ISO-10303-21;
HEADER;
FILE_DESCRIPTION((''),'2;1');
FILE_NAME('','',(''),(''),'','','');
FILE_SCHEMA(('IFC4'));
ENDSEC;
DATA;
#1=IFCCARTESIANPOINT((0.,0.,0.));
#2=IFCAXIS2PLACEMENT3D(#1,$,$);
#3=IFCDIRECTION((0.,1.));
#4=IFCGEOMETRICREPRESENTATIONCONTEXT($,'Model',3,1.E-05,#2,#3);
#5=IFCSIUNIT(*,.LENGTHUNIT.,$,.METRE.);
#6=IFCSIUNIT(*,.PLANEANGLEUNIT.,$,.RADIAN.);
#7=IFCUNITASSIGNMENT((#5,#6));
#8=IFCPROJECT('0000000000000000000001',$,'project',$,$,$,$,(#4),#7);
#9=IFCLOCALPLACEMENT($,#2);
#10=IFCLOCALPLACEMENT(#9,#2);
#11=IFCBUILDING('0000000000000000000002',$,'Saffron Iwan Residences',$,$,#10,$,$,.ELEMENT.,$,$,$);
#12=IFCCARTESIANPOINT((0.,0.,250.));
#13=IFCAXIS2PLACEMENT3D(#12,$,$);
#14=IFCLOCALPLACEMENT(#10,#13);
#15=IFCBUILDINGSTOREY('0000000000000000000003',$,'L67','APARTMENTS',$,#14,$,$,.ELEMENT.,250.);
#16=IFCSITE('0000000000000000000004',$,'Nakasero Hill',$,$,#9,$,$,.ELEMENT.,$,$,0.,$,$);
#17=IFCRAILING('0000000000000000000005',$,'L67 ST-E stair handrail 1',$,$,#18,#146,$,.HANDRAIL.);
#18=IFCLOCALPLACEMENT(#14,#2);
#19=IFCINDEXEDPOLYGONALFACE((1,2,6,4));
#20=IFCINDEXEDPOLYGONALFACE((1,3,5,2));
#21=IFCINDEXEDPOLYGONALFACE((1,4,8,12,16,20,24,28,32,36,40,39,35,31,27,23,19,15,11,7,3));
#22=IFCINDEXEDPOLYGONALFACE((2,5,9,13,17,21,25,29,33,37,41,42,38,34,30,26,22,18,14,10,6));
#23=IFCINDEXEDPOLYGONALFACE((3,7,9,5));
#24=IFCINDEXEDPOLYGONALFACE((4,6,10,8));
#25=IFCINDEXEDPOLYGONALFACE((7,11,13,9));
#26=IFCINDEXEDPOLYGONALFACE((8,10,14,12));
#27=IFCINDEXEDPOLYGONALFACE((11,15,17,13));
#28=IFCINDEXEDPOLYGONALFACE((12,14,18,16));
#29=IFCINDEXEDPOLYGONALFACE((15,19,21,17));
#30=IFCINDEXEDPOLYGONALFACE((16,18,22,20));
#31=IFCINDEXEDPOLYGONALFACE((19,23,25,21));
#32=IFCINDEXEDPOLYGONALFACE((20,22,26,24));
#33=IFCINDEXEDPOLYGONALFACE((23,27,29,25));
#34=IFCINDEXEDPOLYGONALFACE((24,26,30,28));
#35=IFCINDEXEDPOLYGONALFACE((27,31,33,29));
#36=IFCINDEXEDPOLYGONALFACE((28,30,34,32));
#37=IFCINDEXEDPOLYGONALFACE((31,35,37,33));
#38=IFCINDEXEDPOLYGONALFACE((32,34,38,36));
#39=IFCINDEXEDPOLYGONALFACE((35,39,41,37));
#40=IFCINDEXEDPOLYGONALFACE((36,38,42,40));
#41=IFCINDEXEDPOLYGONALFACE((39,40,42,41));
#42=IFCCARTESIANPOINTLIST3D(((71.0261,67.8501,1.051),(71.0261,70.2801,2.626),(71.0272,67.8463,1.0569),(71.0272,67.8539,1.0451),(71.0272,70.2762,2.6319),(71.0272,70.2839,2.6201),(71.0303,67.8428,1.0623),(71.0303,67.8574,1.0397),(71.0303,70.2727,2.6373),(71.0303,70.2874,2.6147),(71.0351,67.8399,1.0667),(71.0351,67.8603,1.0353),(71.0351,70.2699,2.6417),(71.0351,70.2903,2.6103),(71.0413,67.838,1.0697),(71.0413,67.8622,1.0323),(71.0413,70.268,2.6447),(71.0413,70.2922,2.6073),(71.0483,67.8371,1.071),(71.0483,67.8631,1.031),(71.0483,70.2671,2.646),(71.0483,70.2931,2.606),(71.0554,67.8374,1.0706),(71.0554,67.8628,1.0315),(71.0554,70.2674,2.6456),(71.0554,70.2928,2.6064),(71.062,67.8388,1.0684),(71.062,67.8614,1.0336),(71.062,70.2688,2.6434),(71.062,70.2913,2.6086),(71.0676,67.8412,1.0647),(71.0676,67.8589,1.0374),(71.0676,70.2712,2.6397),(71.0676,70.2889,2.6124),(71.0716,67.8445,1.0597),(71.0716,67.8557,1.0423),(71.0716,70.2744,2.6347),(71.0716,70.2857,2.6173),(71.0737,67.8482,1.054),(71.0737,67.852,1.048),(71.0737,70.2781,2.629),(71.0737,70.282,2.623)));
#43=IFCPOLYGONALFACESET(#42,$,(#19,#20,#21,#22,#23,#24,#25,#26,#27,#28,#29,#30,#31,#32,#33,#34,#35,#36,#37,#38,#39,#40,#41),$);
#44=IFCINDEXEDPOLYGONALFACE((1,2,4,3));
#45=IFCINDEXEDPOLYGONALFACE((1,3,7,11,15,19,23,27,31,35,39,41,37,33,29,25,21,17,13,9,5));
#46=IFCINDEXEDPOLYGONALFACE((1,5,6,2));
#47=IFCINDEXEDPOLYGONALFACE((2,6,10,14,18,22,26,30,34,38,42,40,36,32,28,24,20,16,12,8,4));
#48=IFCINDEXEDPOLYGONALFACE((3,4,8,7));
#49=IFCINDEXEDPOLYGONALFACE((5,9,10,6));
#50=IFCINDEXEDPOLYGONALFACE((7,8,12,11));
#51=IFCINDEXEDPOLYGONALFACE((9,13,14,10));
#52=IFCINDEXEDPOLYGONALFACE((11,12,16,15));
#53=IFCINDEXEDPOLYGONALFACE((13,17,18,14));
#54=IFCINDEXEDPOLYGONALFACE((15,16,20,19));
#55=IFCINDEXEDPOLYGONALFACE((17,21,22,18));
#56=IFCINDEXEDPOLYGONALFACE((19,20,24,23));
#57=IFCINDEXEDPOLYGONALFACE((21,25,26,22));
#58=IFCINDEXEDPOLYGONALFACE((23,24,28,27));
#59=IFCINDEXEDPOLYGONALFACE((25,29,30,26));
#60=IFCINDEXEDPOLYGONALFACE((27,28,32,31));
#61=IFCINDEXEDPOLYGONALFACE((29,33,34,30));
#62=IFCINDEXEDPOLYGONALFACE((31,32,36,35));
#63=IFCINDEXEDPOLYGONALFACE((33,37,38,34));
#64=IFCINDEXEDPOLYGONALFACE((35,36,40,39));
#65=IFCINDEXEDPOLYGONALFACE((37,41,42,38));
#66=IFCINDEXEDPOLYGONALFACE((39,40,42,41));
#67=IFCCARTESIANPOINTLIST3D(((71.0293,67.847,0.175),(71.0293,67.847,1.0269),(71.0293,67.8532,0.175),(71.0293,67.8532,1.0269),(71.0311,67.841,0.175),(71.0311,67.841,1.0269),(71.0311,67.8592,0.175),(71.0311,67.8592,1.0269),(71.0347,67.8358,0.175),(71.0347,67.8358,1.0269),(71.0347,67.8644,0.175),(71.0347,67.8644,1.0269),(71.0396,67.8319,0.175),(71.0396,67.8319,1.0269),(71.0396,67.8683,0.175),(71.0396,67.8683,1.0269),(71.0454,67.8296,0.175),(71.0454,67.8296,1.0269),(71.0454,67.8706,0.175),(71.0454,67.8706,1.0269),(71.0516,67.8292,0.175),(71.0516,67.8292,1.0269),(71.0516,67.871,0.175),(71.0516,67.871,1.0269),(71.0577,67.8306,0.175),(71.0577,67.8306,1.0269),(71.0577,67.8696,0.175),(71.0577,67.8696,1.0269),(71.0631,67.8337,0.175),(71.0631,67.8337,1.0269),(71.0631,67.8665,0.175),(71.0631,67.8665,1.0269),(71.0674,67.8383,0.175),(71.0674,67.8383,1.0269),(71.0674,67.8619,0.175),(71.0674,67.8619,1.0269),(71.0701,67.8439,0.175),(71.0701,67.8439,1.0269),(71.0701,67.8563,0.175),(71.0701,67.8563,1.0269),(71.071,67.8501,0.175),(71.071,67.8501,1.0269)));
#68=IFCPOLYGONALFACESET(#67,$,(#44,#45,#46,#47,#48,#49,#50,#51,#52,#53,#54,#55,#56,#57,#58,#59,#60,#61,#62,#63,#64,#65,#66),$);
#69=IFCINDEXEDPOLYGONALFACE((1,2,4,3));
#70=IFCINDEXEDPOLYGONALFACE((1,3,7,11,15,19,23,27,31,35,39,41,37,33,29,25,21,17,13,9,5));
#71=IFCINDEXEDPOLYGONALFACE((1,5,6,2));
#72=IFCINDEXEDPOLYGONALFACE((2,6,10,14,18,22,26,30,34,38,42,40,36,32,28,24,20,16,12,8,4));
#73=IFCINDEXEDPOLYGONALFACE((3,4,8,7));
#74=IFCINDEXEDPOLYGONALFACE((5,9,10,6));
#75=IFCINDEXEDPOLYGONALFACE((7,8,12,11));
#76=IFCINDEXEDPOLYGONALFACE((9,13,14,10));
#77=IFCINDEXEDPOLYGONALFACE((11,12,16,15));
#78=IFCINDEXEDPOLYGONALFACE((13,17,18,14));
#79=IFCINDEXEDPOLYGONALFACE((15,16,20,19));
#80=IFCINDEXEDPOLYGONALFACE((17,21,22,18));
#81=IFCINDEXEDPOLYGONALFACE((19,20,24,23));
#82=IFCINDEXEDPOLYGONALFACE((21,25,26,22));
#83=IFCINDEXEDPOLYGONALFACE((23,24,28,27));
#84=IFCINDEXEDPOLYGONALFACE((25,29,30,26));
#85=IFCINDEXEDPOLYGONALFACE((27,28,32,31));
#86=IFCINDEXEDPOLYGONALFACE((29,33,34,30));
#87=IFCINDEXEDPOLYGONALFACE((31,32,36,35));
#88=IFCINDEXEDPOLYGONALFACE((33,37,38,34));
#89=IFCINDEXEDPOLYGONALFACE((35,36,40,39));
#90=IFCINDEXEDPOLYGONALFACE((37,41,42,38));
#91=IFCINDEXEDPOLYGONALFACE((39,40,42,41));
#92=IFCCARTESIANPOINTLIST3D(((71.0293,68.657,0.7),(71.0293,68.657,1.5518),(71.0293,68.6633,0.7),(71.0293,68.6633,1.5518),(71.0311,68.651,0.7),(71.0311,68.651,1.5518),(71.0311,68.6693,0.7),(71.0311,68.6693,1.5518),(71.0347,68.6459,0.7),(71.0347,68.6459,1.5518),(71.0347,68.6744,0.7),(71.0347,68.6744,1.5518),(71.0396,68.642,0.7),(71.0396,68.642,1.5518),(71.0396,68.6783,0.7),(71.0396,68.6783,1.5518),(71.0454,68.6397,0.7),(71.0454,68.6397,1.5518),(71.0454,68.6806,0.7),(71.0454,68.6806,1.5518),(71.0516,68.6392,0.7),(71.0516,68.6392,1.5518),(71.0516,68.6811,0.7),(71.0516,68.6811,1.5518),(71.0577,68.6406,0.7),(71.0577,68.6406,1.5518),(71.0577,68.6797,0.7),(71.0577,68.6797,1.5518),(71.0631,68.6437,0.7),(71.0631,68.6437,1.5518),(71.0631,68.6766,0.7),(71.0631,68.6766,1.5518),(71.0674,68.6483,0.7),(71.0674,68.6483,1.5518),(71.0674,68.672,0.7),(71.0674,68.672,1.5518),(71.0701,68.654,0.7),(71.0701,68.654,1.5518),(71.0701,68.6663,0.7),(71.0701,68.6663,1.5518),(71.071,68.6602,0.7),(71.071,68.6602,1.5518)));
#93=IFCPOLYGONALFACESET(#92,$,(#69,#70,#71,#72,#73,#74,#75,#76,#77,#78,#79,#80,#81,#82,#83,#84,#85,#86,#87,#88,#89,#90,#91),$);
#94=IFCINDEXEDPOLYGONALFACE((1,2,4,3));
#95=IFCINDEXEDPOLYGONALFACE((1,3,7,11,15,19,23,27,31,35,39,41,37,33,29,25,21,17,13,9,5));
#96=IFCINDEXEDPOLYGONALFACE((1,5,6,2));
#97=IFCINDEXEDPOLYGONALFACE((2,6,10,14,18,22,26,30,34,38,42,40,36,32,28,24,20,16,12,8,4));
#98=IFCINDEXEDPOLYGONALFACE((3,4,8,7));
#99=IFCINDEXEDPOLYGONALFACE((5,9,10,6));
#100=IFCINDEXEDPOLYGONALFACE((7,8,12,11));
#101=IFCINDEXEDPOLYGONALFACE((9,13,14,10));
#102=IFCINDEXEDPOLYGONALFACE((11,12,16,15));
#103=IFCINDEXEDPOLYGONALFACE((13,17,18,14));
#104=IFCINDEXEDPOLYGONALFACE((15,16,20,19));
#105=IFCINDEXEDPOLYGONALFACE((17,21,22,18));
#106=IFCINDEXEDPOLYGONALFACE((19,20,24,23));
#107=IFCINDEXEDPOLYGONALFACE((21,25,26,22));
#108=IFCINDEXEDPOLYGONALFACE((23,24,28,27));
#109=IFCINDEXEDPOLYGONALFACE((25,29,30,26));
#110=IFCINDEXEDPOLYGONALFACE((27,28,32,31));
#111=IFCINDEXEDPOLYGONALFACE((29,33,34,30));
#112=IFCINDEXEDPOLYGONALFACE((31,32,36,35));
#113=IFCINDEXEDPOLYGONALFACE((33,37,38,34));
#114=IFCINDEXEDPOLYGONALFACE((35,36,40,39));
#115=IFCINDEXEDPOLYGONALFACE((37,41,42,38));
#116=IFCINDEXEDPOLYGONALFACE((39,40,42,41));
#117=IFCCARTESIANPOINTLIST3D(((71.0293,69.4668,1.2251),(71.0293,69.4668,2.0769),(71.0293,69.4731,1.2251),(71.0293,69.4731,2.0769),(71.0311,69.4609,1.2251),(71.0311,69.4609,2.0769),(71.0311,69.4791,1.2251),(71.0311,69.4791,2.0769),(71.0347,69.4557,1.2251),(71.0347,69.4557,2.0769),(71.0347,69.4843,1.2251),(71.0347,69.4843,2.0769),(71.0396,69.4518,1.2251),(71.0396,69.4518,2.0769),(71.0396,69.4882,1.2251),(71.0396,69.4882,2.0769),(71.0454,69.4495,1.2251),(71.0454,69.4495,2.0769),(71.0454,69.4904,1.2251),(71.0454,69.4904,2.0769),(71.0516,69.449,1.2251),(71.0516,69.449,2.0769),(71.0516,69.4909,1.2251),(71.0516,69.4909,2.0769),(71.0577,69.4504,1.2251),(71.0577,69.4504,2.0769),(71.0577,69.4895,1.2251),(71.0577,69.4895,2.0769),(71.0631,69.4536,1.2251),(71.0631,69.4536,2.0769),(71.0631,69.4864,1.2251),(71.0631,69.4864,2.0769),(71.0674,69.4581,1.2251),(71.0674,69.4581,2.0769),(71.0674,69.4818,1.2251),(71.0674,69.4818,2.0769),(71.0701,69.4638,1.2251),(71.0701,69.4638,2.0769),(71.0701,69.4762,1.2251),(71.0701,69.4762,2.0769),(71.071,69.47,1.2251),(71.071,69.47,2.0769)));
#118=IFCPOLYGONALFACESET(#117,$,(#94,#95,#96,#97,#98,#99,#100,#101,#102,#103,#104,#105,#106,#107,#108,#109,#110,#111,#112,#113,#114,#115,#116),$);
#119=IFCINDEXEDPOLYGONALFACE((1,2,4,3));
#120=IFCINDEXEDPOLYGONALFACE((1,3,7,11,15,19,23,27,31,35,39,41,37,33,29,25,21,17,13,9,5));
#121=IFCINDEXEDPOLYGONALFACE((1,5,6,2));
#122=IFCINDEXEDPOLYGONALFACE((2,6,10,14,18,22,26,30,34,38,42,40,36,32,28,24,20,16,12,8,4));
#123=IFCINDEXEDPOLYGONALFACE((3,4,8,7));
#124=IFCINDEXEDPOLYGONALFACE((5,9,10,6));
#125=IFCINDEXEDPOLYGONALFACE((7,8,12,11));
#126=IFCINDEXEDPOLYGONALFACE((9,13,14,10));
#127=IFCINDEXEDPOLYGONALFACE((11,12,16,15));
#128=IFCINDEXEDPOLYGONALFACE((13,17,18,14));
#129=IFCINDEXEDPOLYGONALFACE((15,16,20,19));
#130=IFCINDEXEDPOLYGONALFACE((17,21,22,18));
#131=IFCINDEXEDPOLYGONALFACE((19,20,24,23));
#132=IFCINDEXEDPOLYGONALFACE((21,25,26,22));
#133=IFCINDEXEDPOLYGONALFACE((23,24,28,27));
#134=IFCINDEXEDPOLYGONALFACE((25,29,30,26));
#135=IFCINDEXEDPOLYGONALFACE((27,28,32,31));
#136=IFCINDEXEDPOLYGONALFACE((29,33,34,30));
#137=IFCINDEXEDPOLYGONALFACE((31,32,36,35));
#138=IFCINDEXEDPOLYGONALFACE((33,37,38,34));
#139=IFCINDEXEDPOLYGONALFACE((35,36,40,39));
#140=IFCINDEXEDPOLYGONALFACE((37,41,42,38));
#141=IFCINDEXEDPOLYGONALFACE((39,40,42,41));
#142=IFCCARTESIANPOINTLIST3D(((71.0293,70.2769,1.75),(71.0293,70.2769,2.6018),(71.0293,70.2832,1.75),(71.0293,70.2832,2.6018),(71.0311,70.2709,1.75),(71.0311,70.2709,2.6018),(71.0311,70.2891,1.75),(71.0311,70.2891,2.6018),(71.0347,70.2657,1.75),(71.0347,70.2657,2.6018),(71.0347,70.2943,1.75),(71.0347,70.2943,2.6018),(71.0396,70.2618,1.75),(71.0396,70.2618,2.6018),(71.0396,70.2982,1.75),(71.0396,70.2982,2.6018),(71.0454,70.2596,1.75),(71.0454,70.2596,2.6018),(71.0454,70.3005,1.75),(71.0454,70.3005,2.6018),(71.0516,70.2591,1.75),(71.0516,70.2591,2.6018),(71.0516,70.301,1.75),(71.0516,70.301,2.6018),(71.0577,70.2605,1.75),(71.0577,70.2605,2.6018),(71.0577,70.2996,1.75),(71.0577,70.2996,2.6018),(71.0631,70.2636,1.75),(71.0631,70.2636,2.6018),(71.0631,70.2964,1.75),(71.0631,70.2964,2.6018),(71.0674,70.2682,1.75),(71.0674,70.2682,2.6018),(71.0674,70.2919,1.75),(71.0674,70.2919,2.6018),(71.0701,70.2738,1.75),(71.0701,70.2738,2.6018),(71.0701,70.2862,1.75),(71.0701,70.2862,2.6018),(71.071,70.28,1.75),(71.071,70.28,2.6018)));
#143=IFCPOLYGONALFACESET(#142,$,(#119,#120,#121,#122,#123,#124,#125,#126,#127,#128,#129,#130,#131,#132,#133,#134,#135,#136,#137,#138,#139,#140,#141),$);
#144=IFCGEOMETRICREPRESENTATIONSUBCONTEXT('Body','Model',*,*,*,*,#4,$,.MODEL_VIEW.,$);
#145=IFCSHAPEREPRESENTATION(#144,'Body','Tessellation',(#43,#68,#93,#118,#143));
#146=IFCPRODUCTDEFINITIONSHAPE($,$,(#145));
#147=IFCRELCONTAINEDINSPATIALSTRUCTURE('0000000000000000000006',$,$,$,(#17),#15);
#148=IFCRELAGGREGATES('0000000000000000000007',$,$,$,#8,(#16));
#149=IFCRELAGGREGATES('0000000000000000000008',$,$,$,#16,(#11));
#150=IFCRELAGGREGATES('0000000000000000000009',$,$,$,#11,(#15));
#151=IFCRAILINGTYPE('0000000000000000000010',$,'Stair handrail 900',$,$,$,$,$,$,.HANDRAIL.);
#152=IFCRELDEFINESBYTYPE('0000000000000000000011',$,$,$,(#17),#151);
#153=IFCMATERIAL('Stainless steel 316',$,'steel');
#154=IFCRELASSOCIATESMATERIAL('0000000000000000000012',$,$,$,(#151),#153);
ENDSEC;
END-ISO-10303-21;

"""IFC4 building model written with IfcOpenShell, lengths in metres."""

from ifc_helpers import new_model, si_unit, direction, frame, origin, origin_2d, place, context, subcontext, project, spatial, circle, extrude, material, type_object, element, save


model = new_model("IFC4")

# Units and contexts
model_context = context("Model", 3, precision=1e-05, world=origin(), true_north=direction((0.0, 1.0)))
body_context = subcontext(model_context, "Body", "Model", "MODEL_VIEW")
ifc_project = project(units=[si_unit("LENGTHUNIT", "METRE"), si_unit("PLANEANGLEUNIT", "RADIAN")], contexts=[model_context])

# Site, building, storey
site_placement = place(None, origin())
site = spatial("IfcSite", under=ifc_project, at=site_placement, Name="Nakasero Hill", CompositionType="ELEMENT", RefElevation=0.0)
building_placement = place(site_placement, origin())
building = spatial("IfcBuilding", under=site, at=building_placement, Name="Saffron Iwan Residences", CompositionType="ELEMENT")
storey_placement = place(building_placement, frame((0.0, 0.0, 250.0)))
storey = spatial("IfcBuildingStorey", under=building, at=storey_placement, Name="L67", Description="APARTMENTS", CompositionType="ELEMENT", Elevation=250.0)

# Railing
ifc_material_1 = material(Name="Stainless steel 316", Category="steel")
railing_type_1 = type_object("IfcRailingType", Name="Stair handrail 900", PredefinedType="HANDRAIL", material=ifc_material_1)
railing_1_placement = place(storey_placement, frame((71.05, 67.8501, 0.175)))
element("IfcRailing", 1, at=railing_1_placement, inside=storey, type_object=railing_type_1, Name="L67 ST-E stair handrail 1", PredefinedType="HANDRAIL", context=body_context, shape_type="SweptSolid", body=[
    extrude(circle(Radius=0.0239, at=origin_2d()), frame((0.0, 0.0, 0.876), z_axis=(0.0, 0.839154, 0.543894), x_axis=(-1.0, 0.0, 0.0)), (0.0, 0.0, 1.0), 2.8958),
    extrude(circle(Radius=0.021, at=origin_2d()), origin(), (0.0, 0.0, 1.0), 0.8518),
    extrude(circle(Radius=0.021, at=origin_2d()), frame((0.0, 0.8101, 0.5249)), (0.0, 0.0, 1.0), 0.8518),
    extrude(circle(Radius=0.021, at=origin_2d()), frame((0.0, 1.6199, 1.05)), (0.0, 0.0, 1.0), 0.8518),
    extrude(circle(Radius=0.021, at=origin_2d()), frame((0.0, 2.4299, 1.575)), (0.0, 0.0, 1.0), 0.8518),
])

save(model, "model.ifc")
